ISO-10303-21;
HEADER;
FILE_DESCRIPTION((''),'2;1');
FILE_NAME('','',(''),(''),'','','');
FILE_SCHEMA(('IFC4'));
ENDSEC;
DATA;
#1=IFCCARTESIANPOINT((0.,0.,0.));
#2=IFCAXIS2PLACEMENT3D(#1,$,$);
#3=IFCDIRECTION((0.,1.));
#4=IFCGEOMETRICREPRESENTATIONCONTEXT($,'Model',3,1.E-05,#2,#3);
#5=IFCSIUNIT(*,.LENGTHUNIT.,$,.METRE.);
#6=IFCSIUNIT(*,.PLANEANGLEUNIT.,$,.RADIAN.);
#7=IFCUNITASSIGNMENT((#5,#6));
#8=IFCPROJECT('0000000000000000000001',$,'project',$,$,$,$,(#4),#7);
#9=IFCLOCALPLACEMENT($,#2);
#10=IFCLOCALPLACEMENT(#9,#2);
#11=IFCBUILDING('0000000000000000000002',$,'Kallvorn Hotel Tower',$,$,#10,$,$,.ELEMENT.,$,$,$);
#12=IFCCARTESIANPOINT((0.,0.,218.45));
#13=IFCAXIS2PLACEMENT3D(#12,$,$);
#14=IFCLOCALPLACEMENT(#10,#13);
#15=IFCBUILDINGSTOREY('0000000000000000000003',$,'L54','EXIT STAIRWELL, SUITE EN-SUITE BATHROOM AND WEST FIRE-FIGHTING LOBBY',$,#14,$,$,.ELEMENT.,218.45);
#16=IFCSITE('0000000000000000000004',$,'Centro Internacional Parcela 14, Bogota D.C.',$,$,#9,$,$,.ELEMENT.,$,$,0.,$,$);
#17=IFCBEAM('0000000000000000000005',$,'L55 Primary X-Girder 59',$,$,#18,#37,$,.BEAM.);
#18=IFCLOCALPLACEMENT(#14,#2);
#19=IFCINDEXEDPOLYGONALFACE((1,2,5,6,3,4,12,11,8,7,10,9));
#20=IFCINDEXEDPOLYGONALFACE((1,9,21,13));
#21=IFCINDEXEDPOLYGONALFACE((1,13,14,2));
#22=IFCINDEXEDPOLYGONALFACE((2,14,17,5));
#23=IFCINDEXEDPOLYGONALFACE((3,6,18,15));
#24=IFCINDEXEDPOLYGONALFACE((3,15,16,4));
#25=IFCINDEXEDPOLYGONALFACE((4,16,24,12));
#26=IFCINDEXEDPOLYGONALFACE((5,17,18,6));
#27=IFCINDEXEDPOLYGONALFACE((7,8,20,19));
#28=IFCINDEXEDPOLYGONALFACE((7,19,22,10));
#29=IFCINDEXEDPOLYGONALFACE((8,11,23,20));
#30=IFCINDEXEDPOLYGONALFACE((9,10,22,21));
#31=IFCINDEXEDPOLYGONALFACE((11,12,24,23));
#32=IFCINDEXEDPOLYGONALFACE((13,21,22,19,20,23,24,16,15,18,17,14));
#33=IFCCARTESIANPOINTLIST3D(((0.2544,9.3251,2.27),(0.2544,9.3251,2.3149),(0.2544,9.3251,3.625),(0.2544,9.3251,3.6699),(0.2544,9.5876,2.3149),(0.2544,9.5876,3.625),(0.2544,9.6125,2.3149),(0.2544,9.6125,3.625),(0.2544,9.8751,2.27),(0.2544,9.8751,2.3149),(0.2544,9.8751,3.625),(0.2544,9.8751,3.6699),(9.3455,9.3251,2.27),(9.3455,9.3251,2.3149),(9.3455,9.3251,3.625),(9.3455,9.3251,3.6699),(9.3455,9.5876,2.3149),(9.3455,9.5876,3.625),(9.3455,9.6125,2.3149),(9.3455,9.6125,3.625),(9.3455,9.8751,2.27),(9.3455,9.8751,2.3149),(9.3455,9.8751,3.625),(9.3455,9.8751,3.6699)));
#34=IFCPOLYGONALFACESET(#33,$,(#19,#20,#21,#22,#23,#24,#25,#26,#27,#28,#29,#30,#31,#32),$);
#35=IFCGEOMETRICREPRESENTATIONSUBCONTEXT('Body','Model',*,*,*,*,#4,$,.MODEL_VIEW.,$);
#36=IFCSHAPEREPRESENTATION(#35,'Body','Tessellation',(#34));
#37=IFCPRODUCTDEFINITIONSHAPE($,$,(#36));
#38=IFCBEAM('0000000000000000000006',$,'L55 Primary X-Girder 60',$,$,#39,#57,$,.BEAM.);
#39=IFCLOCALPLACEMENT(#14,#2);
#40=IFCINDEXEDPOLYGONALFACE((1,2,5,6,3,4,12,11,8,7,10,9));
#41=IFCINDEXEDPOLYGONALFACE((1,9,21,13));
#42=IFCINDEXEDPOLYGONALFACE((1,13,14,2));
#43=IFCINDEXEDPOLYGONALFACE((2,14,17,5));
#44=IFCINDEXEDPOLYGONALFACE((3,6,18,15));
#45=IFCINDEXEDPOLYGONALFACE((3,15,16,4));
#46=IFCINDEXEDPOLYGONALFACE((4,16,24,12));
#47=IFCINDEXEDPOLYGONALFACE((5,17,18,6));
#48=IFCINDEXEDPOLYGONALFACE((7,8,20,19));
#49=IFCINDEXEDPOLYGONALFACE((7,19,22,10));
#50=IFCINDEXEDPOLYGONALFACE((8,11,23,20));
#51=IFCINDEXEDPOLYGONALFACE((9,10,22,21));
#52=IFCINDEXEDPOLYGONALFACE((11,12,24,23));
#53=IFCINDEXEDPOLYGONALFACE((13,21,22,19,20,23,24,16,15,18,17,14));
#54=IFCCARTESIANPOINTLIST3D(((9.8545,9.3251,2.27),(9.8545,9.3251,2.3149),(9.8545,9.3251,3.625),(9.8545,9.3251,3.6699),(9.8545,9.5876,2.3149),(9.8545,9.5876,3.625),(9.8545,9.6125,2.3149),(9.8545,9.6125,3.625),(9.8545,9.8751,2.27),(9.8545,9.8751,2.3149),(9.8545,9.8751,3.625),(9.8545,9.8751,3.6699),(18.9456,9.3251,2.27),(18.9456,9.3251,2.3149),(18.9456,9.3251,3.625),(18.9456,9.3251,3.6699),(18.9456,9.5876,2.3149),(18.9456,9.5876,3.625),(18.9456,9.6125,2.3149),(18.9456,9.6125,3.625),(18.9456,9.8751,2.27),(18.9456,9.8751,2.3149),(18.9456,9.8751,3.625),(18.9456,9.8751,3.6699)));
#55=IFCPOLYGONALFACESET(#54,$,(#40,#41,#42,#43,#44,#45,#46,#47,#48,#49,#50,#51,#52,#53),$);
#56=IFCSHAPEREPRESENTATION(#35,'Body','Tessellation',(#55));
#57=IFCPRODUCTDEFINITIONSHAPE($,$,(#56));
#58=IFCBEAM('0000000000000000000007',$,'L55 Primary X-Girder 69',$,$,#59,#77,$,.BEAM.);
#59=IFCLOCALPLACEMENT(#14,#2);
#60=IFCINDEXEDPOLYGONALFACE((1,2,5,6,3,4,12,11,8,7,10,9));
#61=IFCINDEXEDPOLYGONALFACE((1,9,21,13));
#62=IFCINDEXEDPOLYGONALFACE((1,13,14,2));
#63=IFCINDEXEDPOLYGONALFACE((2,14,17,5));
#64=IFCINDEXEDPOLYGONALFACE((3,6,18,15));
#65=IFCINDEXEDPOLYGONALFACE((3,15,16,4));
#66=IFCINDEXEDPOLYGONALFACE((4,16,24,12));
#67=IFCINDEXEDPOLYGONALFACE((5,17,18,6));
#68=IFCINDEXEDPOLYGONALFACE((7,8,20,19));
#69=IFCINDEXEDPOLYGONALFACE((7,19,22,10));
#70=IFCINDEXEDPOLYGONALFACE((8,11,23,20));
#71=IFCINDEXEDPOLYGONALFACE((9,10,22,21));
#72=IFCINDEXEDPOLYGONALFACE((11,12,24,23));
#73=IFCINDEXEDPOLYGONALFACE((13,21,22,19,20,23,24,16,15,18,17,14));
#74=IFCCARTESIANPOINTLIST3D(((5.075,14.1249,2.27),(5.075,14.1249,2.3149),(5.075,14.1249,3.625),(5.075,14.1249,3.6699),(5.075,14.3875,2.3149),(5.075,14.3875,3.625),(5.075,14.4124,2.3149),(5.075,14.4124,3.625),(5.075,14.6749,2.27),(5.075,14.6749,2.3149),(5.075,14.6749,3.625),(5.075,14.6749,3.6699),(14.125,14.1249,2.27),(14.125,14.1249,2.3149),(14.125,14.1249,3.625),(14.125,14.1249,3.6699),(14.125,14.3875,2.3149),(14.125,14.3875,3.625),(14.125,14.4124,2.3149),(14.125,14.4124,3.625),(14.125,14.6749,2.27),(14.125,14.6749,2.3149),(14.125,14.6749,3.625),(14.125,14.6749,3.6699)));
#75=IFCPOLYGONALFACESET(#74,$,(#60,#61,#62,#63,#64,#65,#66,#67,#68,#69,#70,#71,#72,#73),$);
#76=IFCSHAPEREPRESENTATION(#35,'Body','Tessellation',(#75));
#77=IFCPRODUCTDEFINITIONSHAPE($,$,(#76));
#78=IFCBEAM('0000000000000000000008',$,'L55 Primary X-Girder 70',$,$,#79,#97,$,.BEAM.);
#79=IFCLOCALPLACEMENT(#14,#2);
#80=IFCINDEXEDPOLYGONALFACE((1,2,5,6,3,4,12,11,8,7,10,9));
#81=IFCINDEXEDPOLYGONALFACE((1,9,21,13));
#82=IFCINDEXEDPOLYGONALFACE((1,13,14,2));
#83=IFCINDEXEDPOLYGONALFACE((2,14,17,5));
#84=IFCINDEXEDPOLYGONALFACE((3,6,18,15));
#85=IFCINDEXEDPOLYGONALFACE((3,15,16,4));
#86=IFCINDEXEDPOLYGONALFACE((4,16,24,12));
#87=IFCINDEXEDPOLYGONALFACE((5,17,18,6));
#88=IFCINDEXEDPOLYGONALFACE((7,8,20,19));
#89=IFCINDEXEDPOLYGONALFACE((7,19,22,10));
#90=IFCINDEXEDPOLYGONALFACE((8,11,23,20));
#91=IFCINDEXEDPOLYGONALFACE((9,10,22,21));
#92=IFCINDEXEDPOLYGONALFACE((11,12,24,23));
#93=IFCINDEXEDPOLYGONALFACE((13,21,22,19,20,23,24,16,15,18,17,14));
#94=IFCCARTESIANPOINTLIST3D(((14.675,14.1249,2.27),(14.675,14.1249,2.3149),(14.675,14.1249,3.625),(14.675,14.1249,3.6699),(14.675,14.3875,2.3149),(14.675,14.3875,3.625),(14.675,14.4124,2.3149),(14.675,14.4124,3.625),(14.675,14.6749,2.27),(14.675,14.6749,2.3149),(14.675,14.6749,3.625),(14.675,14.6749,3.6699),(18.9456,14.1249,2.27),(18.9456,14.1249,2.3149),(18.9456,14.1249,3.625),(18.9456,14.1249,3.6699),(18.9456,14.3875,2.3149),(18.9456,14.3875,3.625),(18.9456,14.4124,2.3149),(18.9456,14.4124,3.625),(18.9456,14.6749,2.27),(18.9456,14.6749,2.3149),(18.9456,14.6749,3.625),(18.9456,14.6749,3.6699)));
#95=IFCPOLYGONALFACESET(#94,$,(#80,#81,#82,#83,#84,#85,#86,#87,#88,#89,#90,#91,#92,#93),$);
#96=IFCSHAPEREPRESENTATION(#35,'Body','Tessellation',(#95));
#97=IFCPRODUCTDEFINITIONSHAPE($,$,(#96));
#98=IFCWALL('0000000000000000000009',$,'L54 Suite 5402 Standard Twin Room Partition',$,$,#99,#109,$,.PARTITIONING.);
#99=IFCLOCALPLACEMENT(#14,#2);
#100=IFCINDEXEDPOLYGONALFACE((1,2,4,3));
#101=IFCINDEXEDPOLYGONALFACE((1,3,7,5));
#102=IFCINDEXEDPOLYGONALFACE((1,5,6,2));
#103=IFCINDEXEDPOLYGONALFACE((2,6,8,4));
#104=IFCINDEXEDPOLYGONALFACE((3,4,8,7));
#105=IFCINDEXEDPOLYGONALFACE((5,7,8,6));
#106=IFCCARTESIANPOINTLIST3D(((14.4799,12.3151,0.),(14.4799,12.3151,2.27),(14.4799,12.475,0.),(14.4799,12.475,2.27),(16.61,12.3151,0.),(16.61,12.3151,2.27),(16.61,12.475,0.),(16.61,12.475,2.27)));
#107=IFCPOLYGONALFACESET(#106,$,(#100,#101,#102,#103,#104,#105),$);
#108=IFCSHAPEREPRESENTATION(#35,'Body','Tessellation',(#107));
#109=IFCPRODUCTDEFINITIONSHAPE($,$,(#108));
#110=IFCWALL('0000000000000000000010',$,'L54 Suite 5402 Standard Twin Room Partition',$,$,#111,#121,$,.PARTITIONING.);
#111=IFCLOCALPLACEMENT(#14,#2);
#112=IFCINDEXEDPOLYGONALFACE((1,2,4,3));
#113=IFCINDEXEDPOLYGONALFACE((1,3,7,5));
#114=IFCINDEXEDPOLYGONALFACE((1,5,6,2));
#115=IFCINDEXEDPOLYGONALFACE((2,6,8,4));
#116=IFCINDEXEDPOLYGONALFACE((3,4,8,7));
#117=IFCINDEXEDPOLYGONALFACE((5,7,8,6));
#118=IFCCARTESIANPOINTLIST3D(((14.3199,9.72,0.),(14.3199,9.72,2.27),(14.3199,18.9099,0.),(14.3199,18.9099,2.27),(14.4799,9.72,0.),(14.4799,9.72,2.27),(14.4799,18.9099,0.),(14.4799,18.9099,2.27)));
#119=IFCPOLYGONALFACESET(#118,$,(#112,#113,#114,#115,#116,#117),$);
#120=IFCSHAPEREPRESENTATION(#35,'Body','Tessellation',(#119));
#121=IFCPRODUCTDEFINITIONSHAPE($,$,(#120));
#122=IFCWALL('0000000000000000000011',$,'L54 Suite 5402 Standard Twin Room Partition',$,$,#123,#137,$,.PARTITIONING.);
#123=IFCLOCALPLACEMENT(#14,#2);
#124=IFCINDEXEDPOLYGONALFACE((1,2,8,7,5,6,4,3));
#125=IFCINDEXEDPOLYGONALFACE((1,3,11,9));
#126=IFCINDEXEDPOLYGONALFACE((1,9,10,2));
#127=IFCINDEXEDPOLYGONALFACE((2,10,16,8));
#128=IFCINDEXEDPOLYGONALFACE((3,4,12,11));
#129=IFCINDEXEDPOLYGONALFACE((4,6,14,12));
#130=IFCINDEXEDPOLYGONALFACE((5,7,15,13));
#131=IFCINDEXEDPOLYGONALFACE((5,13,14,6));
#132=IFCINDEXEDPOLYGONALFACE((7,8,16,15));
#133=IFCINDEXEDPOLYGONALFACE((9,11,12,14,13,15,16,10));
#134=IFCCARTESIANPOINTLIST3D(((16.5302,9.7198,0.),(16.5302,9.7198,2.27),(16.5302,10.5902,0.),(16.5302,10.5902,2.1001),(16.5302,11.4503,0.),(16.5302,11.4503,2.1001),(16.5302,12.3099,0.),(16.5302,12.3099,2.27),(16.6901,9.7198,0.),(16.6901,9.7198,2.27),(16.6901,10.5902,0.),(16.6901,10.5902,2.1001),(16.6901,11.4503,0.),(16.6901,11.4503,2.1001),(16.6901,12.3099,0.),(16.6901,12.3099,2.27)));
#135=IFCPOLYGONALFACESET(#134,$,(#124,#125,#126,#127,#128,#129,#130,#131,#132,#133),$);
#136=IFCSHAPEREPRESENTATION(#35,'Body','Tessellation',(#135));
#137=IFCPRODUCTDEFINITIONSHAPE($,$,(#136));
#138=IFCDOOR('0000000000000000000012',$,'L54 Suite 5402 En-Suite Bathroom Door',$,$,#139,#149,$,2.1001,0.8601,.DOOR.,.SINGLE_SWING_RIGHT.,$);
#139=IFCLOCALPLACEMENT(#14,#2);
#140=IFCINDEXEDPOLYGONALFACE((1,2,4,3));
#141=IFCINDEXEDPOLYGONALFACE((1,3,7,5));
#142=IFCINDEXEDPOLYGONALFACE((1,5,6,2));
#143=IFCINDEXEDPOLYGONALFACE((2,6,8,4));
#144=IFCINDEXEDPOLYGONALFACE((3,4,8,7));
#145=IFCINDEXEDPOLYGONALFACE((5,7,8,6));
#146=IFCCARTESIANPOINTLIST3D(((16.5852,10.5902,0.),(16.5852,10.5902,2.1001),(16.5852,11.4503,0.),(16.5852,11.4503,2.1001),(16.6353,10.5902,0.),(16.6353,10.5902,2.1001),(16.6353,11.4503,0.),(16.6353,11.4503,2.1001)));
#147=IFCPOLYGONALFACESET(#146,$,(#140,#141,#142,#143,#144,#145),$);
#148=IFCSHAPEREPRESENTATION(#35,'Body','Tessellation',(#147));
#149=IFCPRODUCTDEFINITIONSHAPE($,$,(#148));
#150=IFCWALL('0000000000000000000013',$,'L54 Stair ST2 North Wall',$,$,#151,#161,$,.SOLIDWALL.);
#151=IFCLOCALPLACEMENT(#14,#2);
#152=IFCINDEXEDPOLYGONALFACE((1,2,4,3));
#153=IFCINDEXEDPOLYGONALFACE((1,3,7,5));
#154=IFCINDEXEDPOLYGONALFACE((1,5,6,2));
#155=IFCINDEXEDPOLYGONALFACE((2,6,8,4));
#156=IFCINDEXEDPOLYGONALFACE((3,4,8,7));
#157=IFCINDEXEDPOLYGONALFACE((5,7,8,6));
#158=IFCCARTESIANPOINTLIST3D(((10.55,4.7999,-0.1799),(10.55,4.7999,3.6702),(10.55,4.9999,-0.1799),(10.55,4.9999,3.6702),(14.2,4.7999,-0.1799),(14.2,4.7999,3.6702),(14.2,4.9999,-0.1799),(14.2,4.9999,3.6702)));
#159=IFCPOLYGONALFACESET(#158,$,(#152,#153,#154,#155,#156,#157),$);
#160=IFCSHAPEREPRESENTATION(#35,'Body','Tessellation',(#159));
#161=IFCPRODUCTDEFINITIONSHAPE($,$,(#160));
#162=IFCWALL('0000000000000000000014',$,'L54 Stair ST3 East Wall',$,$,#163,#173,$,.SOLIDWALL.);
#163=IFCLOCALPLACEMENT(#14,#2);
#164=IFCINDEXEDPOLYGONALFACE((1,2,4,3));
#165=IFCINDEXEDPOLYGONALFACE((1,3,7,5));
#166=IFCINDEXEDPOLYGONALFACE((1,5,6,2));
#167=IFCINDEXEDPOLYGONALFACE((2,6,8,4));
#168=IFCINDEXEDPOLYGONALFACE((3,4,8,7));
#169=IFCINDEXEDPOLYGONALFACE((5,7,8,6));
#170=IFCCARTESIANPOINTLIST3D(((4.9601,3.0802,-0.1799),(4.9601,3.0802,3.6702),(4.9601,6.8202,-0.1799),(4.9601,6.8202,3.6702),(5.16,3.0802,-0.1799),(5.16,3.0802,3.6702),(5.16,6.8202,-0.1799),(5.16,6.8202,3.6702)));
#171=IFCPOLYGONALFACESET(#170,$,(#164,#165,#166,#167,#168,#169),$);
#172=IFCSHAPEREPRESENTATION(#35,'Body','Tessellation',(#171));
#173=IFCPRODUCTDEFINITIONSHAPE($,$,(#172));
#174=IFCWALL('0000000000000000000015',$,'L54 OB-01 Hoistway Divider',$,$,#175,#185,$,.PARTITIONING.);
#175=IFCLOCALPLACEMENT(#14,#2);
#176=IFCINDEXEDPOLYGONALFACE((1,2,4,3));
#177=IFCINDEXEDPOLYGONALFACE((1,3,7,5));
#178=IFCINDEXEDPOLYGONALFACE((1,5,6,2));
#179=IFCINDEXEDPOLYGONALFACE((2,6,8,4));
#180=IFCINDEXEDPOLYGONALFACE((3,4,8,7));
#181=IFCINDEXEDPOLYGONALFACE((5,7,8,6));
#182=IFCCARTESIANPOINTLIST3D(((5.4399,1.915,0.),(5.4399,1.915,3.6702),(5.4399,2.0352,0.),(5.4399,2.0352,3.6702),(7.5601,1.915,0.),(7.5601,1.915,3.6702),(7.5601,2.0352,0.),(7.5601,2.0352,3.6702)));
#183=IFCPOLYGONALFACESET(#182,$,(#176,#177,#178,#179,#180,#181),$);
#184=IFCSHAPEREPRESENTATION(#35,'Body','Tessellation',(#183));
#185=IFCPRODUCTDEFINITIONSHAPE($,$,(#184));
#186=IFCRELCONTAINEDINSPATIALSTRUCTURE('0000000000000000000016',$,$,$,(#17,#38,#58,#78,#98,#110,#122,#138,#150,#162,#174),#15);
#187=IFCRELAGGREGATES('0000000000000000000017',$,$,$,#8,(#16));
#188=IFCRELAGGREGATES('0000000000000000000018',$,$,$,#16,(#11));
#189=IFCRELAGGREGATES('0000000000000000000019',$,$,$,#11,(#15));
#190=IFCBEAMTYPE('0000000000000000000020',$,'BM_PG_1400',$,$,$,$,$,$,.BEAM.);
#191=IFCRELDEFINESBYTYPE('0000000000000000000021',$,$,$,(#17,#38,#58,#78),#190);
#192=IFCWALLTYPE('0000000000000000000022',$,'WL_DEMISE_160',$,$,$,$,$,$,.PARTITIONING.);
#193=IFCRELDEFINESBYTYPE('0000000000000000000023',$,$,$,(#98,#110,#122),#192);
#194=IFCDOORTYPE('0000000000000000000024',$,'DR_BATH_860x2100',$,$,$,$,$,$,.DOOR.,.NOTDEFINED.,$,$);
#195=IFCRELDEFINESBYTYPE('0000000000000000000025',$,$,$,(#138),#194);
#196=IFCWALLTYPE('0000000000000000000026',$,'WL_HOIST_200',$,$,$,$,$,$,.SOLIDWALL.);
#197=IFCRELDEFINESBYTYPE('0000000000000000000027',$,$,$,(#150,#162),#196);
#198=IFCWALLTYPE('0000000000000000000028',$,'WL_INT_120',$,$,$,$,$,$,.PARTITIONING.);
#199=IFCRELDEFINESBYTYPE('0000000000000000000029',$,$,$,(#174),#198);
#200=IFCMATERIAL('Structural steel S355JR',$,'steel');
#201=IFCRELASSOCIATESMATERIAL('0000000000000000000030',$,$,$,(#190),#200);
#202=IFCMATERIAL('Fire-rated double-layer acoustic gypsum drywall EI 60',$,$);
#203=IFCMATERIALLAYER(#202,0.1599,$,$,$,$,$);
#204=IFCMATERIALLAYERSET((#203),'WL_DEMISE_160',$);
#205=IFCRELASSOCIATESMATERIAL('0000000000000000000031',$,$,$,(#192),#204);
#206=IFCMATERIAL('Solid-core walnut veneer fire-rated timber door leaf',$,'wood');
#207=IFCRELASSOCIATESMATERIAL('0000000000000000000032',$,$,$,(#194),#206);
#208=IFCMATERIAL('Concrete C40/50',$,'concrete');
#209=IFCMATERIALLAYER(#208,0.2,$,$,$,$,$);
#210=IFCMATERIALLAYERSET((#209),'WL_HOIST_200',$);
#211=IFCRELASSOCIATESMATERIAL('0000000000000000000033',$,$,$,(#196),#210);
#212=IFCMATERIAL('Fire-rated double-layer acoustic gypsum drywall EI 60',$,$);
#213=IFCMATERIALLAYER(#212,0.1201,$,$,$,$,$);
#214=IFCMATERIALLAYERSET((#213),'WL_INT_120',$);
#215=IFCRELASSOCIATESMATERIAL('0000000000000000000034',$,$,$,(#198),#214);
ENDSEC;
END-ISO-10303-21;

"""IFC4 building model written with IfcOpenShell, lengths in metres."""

from ifc_helpers import new_model, si_unit, direction, frame, frame_2d, origin, origin_2d, place, context, subcontext, project, spatial, rectangle, i_section, extrude, material, layer, layer_set, material_profile, profile_set, type_object, element, fill, save


model = new_model("IFC4")

# Units and contexts
model_context = context("Model", 3, precision=1e-05, world=origin(), true_north=direction((0.0, 1.0)))
body_context = subcontext(model_context, "Body", "Model", "MODEL_VIEW")
ifc_project = project(units=[si_unit("LENGTHUNIT", "METRE"), si_unit("PLANEANGLEUNIT", "RADIAN")], contexts=[model_context])

# Site, building, storey
site_placement = place(None, origin())
site = spatial("IfcSite", under=ifc_project, at=site_placement, Name="Centro Internacional Parcela 14, Bogota D.C.", CompositionType="ELEMENT", RefElevation=0.0)
building_placement = place(site_placement, origin())
building = spatial("IfcBuilding", under=site, at=building_placement, Name="Kallvorn Hotel Tower", CompositionType="ELEMENT")
storey_placement = place(building_placement, frame((0.0, 0.0, 218.45)))
storey = spatial("IfcBuildingStorey", under=building, at=storey_placement, Name="L54", Description="EXIT STAIRWELL, SUITE EN-SUITE BATHROOM AND WEST FIRE-FIGHTING LOBBY", CompositionType="ELEMENT", Elevation=218.45)

# Beams
ifc_material_1 = material(Name="Structural steel S355JR", Category="steel")
ifc_material_profile_1 = material_profile(ifc_material_1, i_section(OverallWidth=0.55, OverallDepth=1.3999, WebThickness=0.0249, FlangeThickness=0.0449, at=origin_2d()), Name="PG 1400x550x25x45")
ifc_profile_set_1 = profile_set([ifc_material_profile_1], Name="Structural steel S355JR")
beam_type_1 = type_object("IfcBeamType", Name="BM_PG_1400", PredefinedType="BEAM", material=ifc_profile_set_1)
for number, where, z_axis, x_axis, name in (
    (1, (0.2544, 9.6001, 2.97), (1.0, 0.0, 0.0), (0.0, 1.0, 0.0), "L55 Primary X-Girder 59"),
    (2, (9.8545, 9.6001, 2.97), (1.0, 0.0, 0.0), (0.0, 1.0, 0.0), "L55 Primary X-Girder 60"),
):
    element("IfcBeam", number, at=place(storey_placement, frame(where, z_axis=z_axis, x_axis=x_axis)), inside=storey, type_object=beam_type_1, Name=name, PredefinedType="BEAM", context=body_context, shape_type="SweptSolid", body=[
        extrude(i_section(OverallWidth=0.55, OverallDepth=1.3999, WebThickness=0.0249, FlangeThickness=0.0449, at=origin_2d()), origin(), (0.0, 0.0, 1.0), 9.0911),
    ])
beam_1_placement = place(storey_placement, frame((5.075, 14.3999, 2.97), z_axis=(1.0, 0.0, 0.0), x_axis=(0.0, 1.0, 0.0)))
element("IfcBeam", 3, at=beam_1_placement, inside=storey, type_object=beam_type_1, Name="L55 Primary X-Girder 69", PredefinedType="BEAM", context=body_context, shape_type="SweptSolid", body=[
    extrude(i_section(OverallWidth=0.55, OverallDepth=1.3999, WebThickness=0.0249, FlangeThickness=0.0449, at=origin_2d()), origin(), (0.0, 0.0, 1.0), 9.05),
])
beam_2_placement = place(storey_placement, frame((14.675, 14.3999, 2.97), z_axis=(1.0, 0.0, 0.0), x_axis=(0.0, 1.0, 0.0)))
element("IfcBeam", 4, at=beam_2_placement, inside=storey, type_object=beam_type_1, Name="L55 Primary X-Girder 70", PredefinedType="BEAM", context=body_context, shape_type="SweptSolid", body=[
    extrude(i_section(OverallWidth=0.55, OverallDepth=1.3999, WebThickness=0.0249, FlangeThickness=0.0449, at=origin_2d()), origin(), (0.0, 0.0, 1.0), 4.2705),
])

# Walls
ifc_material_2 = material(Name="Fire-rated double-layer acoustic gypsum drywall EI 60")
ifc_layer_1 = layer(ifc_material_2, 0.1599)
ifc_layer_set_1 = layer_set([ifc_layer_1], Name="WL_DEMISE_160")
wall_type_1 = type_object("IfcWallType", Name="WL_DEMISE_160", PredefinedType="PARTITIONING", material=ifc_layer_set_1)
wall_1_placement = place(storey_placement, frame((14.48, 12.395, 0.0), z_axis=(0.0, 0.0, 1.0), x_axis=(1.0, 0.0, 0.0)))
element("IfcWall", 5, at=wall_1_placement, inside=storey, type_object=wall_type_1, Name="L54 Suite 5402 Standard Twin Room Partition", PredefinedType="PARTITIONING", context=body_context, shape_type="SweptSolid", body=[
    extrude(rectangle(XDim=2.1301, YDim=0.1599, at=frame_2d((1.0649, 0.0))), origin(), (0.0, 0.0, 1.0), 2.27),
])
wall_2_placement = place(storey_placement, frame((14.3999, 9.72, 0.0), z_axis=(0.0, 0.0, 1.0), x_axis=(0.0, 1.0, 0.0)))
element("IfcWall", 6, at=wall_2_placement, inside=storey, type_object=wall_type_1, Name="L54 Suite 5402 Standard Twin Room Partition", PredefinedType="PARTITIONING", context=body_context, shape_type="SweptSolid", body=[
    extrude(rectangle(XDim=9.1899, YDim=0.1599, at=frame_2d((4.595, 0.0))), origin(), (0.0, 0.0, 1.0), 2.27),
])

# Wall, opening, door
wall_3_placement = place(storey_placement, frame((16.6101, 9.72, 0.0), z_axis=(0.0, 0.0, 1.0), x_axis=(0.0, 1.0, 0.0)))
wall_3 = element("IfcWall", 7, at=wall_3_placement, inside=storey, type_object=wall_type_1, Name="L54 Suite 5402 Standard Twin Room Partition", PredefinedType="PARTITIONING", context=body_context, shape_type="SweptSolid", body=[
    extrude(rectangle(XDim=2.5901, YDim=0.1599, at=frame_2d((1.2949, 0.0))), origin(), (0.0, 0.0, 1.0), 2.27),
])
opening_1_placement = place(wall_3_placement, frame((0.8701, 0.0, 0.0)))
opening_1 = element("IfcOpeningElement", 8, at=opening_1_placement, cuts=wall_3, PredefinedType="OPENING", context=body_context, shape_type="SweptSolid", body=[
    extrude(rectangle(XDim=0.8601, YDim=2.1001, at=frame_2d((0.4302, 1.05))), frame((0.0, 0.095, 0.0), z_axis=(0.0, -1.0, 0.0), x_axis=(1.0, 0.0, 0.0)), (0.0, 0.0, 1.0), 0.1899),
])
ifc_material_3 = material(Name="Solid-core walnut veneer fire-rated timber door leaf", Category="wood")
door_type_1 = type_object("IfcDoorType", Name="DR_BATH_860x2100", OperationType="NOTDEFINED", PredefinedType="DOOR", material=ifc_material_3)
door_1_placement = place(opening_1_placement, origin())
door_1 = element("IfcDoor", 9, at=door_1_placement, inside=storey, type_object=door_type_1, Name="L54 Suite 5402 En-Suite Bathroom Door", OperationType="SINGLE_SWING_RIGHT", OverallHeight=2.1001, OverallWidth=0.8601, PredefinedType="DOOR", context=body_context, shape_type="SweptSolid", body=[
    extrude(rectangle(XDim=0.8601, YDim=2.1001, at=frame_2d((0.4302, 1.05))), frame((0.0, 0.0249, 0.0), z_axis=(0.0, -1.0, 0.0), x_axis=(1.0, 0.0, 0.0)), (0.0, 0.0, 1.0), 0.05),
])
fill(opening_1, door_1)

# Walls
ifc_material_4 = material(Name="Concrete C40/50", Category="concrete")
ifc_layer_2 = layer(ifc_material_4, 0.2)
ifc_layer_set_2 = layer_set([ifc_layer_2], Name="WL_HOIST_200")
wall_type_2 = type_object("IfcWallType", Name="WL_HOIST_200", PredefinedType="SOLIDWALL", material=ifc_layer_set_2)
wall_4_placement = place(storey_placement, frame((10.55, 4.8999, -0.1799), z_axis=(0.0, 0.0, 1.0), x_axis=(1.0, 0.0, 0.0)))
element("IfcWall", 10, at=wall_4_placement, inside=storey, type_object=wall_type_2, Name="L54 Stair ST2 North Wall", PredefinedType="SOLIDWALL", context=body_context, shape_type="SweptSolid", body=[
    extrude(rectangle(XDim=3.6499, YDim=0.2, at=frame_2d((1.825, 0.0))), origin(), (0.0, 0.0, 1.0), 3.8501),
])
wall_5_placement = place(storey_placement, frame((5.0601, 3.0801, -0.1799), z_axis=(0.0, 0.0, 1.0), x_axis=(0.0, 1.0, 0.0)))
element("IfcWall", 11, at=wall_5_placement, inside=storey, type_object=wall_type_2, Name="L54 Stair ST3 East Wall", PredefinedType="SOLIDWALL", context=body_context, shape_type="SweptSolid", body=[
    extrude(rectangle(XDim=3.74, YDim=0.2, at=frame_2d((1.8701, 0.0))), origin(), (0.0, 0.0, 1.0), 3.8501),
])
ifc_material_5 = material(Name="Fire-rated double-layer acoustic gypsum drywall EI 60")
ifc_layer_3 = layer(ifc_material_5, 0.1201)
ifc_layer_set_3 = layer_set([ifc_layer_3], Name="WL_INT_120")
wall_type_3 = type_object("IfcWallType", Name="WL_INT_120", PredefinedType="PARTITIONING", material=ifc_layer_set_3)
for number, where, z_axis, x_axis, name in (
    (12, (5.4399, 1.9751, 0.0), (0.0, 0.0, 1.0), (1.0, 0.0, 0.0), "L54 OB-01 Hoistway Divider"),
):
    element("IfcWall", number, at=place(storey_placement, frame(where, z_axis=z_axis, x_axis=x_axis)), inside=storey, type_object=wall_type_3, Name=name, PredefinedType="PARTITIONING", context=body_context, shape_type="SweptSolid", body=[
        extrude(rectangle(XDim=2.1201, YDim=0.1201, at=frame_2d((1.0601, 0.0))), origin(), (0.0, 0.0, 1.0), 3.6702),
    ])

save(model, "model.ifc")
